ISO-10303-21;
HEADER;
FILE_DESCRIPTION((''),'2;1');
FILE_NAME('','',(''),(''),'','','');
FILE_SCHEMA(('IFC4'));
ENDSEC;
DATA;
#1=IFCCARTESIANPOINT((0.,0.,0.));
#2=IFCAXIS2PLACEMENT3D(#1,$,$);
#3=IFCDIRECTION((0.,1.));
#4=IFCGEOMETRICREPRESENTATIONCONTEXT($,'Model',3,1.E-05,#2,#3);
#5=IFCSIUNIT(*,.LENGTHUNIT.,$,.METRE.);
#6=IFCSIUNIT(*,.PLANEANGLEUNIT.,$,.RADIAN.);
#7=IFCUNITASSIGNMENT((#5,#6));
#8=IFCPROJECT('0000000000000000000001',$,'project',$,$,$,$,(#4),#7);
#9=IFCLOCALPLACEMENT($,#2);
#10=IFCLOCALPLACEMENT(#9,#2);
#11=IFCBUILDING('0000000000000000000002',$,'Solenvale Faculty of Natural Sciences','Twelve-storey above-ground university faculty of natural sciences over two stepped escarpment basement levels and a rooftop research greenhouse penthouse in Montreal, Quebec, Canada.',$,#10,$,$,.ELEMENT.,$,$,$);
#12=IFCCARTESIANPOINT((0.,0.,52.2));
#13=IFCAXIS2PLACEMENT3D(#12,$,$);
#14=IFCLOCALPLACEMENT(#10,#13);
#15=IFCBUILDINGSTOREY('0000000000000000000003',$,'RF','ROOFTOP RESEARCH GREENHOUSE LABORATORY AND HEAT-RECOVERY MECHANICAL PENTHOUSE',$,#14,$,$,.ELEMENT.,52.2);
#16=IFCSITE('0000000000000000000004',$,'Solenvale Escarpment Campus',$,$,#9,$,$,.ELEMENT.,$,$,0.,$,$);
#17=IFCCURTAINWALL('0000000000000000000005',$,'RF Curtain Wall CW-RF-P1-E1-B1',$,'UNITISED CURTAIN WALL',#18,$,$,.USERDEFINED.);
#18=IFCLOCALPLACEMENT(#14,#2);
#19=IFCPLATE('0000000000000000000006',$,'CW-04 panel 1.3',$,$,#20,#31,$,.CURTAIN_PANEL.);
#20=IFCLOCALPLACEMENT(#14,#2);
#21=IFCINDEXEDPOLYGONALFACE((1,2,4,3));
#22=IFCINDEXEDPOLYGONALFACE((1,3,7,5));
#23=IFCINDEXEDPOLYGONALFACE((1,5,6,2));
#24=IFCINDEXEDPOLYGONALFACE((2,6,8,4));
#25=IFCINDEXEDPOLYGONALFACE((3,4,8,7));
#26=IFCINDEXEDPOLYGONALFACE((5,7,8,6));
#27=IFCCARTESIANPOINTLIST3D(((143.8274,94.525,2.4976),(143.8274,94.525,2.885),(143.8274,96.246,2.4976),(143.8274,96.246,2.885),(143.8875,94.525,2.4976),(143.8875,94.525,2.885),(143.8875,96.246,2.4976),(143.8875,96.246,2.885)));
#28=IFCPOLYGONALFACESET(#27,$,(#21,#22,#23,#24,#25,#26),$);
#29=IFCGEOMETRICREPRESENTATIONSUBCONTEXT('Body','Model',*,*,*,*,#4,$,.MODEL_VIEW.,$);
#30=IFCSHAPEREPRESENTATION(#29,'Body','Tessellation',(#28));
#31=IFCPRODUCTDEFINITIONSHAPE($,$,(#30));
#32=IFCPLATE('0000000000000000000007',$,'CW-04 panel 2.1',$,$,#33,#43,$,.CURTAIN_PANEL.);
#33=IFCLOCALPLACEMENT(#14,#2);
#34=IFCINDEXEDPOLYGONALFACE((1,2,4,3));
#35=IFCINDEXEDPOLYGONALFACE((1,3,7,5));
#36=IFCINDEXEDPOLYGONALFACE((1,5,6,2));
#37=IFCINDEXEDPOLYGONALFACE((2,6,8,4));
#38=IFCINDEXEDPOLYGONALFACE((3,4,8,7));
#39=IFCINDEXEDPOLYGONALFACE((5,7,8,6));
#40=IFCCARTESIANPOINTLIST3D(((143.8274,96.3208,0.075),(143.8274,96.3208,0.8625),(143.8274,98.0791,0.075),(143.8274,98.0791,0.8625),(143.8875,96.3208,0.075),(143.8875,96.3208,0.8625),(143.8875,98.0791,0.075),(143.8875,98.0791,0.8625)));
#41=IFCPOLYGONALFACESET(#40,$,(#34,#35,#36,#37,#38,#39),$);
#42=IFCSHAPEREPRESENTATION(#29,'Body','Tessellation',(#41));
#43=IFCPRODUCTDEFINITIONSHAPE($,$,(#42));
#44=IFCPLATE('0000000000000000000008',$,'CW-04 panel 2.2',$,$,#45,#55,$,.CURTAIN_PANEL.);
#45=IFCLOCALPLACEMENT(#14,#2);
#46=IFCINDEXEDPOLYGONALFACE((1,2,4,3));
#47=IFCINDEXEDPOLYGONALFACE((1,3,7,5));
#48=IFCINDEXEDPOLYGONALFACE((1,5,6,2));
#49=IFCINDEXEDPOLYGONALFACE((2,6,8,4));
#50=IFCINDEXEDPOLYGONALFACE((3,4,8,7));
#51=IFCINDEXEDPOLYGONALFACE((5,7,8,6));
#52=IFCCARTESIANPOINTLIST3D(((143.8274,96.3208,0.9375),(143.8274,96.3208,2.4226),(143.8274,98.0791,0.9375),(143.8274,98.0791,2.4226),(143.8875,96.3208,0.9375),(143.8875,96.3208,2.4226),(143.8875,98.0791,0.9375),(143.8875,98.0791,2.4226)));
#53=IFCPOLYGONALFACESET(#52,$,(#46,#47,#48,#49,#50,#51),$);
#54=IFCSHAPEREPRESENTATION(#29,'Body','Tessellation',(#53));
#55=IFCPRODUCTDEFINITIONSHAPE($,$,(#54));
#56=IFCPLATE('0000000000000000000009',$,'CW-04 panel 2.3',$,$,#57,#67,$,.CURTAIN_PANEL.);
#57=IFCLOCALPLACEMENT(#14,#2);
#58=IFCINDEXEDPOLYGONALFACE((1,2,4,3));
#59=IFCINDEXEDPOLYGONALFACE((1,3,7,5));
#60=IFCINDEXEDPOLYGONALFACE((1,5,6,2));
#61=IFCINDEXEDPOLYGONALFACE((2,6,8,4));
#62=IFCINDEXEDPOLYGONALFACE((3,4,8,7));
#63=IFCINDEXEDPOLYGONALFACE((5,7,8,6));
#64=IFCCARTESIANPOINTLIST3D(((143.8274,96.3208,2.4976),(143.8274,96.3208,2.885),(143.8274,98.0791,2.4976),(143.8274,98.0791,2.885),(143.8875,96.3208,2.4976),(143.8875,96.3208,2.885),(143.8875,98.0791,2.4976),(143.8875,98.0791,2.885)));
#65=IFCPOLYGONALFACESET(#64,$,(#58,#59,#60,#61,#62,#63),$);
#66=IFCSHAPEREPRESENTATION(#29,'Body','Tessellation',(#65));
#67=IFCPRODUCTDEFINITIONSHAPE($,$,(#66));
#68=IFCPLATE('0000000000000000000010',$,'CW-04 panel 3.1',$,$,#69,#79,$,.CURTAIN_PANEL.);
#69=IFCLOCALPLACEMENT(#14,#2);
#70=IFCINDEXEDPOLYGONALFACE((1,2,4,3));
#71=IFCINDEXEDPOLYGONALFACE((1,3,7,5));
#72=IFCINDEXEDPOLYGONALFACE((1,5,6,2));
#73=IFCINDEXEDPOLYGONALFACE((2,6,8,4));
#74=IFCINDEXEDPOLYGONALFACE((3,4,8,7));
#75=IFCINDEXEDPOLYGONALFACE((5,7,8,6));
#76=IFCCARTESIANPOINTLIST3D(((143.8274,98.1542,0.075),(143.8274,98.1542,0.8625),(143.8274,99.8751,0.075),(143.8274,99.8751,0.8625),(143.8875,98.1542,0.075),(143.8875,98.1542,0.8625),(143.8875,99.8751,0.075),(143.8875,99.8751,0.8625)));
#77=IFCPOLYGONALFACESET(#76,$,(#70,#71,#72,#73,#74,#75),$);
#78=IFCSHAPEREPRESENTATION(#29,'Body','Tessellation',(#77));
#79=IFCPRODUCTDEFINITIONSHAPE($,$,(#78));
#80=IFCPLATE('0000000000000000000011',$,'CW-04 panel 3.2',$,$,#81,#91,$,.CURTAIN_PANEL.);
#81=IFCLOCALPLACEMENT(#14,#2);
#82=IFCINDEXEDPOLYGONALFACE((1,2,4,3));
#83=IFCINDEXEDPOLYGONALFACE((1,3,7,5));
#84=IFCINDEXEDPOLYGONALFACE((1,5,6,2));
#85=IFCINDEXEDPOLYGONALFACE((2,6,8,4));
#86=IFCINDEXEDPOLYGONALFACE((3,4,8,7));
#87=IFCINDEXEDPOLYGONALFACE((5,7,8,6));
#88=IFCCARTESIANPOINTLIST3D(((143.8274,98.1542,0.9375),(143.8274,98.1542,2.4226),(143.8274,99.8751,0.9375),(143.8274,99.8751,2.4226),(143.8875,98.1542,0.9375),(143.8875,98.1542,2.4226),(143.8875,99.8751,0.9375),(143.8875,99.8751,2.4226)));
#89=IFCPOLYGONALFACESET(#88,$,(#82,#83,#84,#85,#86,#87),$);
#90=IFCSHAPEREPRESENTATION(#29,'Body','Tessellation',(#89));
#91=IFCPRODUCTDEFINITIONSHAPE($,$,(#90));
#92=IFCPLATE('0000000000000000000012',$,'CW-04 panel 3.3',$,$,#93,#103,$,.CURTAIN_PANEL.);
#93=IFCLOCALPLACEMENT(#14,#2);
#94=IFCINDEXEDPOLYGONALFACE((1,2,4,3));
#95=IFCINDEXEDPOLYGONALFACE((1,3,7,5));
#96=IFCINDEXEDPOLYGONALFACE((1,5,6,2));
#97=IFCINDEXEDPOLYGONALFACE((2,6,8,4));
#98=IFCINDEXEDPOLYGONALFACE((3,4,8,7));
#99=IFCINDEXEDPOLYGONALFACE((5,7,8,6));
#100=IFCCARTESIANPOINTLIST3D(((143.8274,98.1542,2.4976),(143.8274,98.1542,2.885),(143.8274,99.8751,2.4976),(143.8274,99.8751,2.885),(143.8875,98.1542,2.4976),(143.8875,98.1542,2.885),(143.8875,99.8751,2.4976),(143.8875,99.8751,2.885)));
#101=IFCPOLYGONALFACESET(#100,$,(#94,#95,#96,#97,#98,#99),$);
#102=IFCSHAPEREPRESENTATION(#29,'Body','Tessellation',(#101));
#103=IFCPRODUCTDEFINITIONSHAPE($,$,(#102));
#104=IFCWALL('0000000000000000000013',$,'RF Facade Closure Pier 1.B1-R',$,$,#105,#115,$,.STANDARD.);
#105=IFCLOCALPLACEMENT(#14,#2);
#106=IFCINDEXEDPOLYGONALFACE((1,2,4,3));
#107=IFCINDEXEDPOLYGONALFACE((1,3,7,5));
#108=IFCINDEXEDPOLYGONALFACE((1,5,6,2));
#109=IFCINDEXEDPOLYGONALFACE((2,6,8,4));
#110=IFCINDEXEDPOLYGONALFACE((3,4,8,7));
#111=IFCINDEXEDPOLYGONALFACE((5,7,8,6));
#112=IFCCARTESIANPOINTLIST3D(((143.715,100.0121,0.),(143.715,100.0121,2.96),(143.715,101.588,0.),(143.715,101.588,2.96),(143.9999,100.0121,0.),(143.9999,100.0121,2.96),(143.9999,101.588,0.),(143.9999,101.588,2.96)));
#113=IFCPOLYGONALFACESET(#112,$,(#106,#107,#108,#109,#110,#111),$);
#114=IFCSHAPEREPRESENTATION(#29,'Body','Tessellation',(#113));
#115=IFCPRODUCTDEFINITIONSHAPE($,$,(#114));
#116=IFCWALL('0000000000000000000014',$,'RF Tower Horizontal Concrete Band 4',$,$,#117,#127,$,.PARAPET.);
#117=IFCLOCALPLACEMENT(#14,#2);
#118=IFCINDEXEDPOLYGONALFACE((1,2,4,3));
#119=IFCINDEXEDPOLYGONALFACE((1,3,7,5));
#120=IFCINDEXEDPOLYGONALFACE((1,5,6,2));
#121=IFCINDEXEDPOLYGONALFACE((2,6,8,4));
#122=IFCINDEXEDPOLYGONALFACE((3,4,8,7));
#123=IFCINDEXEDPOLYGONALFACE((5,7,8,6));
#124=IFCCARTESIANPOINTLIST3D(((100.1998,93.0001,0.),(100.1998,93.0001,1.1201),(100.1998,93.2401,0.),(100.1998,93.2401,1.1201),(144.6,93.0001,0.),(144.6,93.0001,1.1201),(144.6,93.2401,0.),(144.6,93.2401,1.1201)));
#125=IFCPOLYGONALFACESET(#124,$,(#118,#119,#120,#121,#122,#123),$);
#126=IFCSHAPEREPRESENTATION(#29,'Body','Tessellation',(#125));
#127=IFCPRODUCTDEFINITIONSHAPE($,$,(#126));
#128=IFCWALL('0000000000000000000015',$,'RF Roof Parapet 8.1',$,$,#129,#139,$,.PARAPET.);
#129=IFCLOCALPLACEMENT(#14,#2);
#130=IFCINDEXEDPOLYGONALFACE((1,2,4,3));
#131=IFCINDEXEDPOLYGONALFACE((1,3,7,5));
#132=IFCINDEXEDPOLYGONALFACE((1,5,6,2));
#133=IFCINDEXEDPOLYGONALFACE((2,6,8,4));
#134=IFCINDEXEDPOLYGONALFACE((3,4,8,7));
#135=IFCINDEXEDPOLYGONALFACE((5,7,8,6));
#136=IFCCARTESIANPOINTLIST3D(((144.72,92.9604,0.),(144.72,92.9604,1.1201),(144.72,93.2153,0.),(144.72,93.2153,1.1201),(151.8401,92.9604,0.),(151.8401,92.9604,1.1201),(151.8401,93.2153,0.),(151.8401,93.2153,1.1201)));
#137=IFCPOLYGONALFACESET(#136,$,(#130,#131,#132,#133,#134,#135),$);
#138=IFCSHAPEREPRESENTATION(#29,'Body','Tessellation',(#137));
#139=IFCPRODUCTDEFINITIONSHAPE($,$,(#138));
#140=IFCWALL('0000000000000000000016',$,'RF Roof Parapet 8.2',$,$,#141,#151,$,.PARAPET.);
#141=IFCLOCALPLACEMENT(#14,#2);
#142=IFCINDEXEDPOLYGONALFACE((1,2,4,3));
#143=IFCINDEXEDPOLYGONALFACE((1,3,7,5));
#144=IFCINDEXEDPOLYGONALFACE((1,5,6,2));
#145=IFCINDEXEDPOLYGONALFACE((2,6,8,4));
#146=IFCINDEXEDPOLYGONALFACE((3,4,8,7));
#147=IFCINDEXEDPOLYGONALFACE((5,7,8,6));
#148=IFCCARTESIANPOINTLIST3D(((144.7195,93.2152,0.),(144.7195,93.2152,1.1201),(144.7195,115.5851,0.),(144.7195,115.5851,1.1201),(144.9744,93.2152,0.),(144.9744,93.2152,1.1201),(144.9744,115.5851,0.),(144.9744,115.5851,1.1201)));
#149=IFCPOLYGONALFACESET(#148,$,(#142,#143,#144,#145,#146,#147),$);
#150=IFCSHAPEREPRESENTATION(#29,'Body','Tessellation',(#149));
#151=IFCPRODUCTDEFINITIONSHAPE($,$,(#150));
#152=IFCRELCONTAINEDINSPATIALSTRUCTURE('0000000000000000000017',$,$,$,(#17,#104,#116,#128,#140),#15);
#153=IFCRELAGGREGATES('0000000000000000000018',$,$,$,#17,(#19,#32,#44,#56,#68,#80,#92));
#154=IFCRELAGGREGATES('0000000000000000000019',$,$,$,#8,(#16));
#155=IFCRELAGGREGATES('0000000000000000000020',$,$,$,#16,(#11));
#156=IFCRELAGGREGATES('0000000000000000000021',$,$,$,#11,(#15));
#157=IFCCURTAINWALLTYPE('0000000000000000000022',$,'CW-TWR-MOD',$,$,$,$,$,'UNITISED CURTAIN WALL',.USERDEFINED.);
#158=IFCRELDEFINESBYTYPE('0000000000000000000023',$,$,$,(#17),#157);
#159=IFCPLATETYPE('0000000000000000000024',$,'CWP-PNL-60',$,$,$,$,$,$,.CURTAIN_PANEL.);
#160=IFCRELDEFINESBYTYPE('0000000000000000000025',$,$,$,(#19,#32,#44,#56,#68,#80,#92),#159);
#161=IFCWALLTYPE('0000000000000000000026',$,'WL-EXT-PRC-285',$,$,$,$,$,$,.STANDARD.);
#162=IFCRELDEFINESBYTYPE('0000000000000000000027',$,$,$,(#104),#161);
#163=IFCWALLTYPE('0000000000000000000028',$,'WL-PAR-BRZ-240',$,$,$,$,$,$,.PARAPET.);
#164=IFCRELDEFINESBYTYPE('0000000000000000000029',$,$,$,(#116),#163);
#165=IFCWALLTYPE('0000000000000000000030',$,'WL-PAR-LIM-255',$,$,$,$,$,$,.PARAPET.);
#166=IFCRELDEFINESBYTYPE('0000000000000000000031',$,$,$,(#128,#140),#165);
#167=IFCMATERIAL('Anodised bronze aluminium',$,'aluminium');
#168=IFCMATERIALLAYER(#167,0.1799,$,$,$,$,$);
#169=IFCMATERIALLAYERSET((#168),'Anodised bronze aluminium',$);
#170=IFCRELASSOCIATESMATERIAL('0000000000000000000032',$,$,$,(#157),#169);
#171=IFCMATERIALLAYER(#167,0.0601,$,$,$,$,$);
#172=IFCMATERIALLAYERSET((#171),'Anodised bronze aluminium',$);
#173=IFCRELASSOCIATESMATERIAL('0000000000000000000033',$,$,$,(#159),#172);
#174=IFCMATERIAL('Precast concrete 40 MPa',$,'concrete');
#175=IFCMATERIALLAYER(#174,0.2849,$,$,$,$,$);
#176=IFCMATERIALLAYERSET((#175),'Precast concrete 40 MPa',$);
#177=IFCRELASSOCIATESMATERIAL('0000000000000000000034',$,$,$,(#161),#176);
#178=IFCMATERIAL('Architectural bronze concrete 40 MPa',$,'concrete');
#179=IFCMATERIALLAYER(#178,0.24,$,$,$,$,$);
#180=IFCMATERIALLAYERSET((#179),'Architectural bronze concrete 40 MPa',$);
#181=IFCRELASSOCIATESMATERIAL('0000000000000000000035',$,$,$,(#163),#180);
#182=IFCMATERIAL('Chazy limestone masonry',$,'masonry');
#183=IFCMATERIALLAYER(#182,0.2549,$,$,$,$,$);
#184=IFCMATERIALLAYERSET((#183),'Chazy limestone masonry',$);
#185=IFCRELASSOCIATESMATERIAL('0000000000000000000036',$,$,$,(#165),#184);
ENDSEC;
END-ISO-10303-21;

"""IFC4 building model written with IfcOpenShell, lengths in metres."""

from ifc_helpers import new_model, si_unit, direction, frame, frame_2d, origin, origin_2d, place, context, subcontext, project, spatial, rectangle, extrude, material, layer, layer_set, type_object, element, aggregate, save


model = new_model("IFC4")

# Units and contexts
model_context = context("Model", 3, precision=1e-05, world=origin(), true_north=direction((0.0, 1.0)))
body_context = subcontext(model_context, "Body", "Model", "MODEL_VIEW")
ifc_project = project(units=[si_unit("LENGTHUNIT", "METRE"), si_unit("PLANEANGLEUNIT", "RADIAN")], contexts=[model_context])

# Site, building, storey
site_placement = place(None, origin())
site = spatial("IfcSite", under=ifc_project, at=site_placement, Name="Solenvale Escarpment Campus", CompositionType="ELEMENT", RefElevation=0.0)
building_placement = place(site_placement, origin())
building = spatial("IfcBuilding", under=site, at=building_placement, Name="Solenvale Faculty of Natural Sciences", Description="Twelve-storey above-ground university faculty of natural sciences over two stepped escarpment basement levels and a rooftop research greenhouse penthouse in Montreal, Quebec, Canada.", CompositionType="ELEMENT")
storey_placement = place(building_placement, frame((0.0, 0.0, 52.2)))
storey = spatial("IfcBuildingStorey", under=building, at=storey_placement, Name="RF", Description="ROOFTOP RESEARCH GREENHOUSE LABORATORY AND HEAT-RECOVERY MECHANICAL PENTHOUSE", CompositionType="ELEMENT", Elevation=52.2)

# Curtain wall
ifc_material_1 = material(Name="Anodised bronze aluminium", Category="aluminium")
ifc_layer_1 = layer(ifc_material_1, 0.1799)
ifc_layer_set_1 = layer_set([ifc_layer_1], Name="Anodised bronze aluminium")
curtain_wall_type = type_object("IfcCurtainWallType", Name="CW-TWR-MOD", ElementType="UNITISED CURTAIN WALL", PredefinedType="USERDEFINED", material=ifc_layer_set_1)
curtain_wall_1_placement = place(storey_placement, origin())
curtain_wall_1 = element("IfcCurtainWall", 1, at=curtain_wall_1_placement, inside=storey, type_object=curtain_wall_type, Name="RF Curtain Wall CW-RF-P1-E1-B1", ObjectType="UNITISED CURTAIN WALL", PredefinedType="USERDEFINED")

# Plates
ifc_layer_2 = layer(ifc_material_1, 0.0601)
ifc_layer_set_2 = layer_set([ifc_layer_2], Name="Anodised bronze aluminium")
plate_type_1 = type_object("IfcPlateType", Name="CWP-PNL-60", PredefinedType="CURTAIN_PANEL", material=ifc_layer_set_2)
plate_1_placement = place(storey_placement, frame((143.8574, 95.3855, 2.4976), z_axis=(0.0, 0.0, 1.0), x_axis=(0.0, 1.0, 0.0)))
plate_1 = element("IfcPlate", 2, at=plate_1_placement, type_object=plate_type_1, Name="CW-04 panel 1.3", PredefinedType="CURTAIN_PANEL", context=body_context, shape_type="SweptSolid", body=[
    extrude(rectangle(XDim=1.7209, YDim=0.0601, at=origin_2d()), origin(), (0.0, 0.0, 1.0), 0.3875),
])
plate_2_placement = place(storey_placement, frame((143.8574, 97.2, 0.075), z_axis=(0.0, 0.0, 1.0), x_axis=(0.0, 1.0, 0.0)))
plate_2 = element("IfcPlate", 3, at=plate_2_placement, type_object=plate_type_1, Name="CW-04 panel 2.1", PredefinedType="CURTAIN_PANEL", context=body_context, shape_type="SweptSolid", body=[
    extrude(rectangle(XDim=1.7583, YDim=0.0601, at=origin_2d()), origin(), (0.0, 0.0, 1.0), 0.7876),
])
plate_3_placement = place(storey_placement, frame((143.8574, 97.2, 0.9375), z_axis=(0.0, 0.0, 1.0), x_axis=(0.0, 1.0, 0.0)))
plate_3 = element("IfcPlate", 4, at=plate_3_placement, type_object=plate_type_1, Name="CW-04 panel 2.2", PredefinedType="CURTAIN_PANEL", context=body_context, shape_type="SweptSolid", body=[
    extrude(rectangle(XDim=1.7583, YDim=0.0601, at=origin_2d()), origin(), (0.0, 0.0, 1.0), 1.4851),
])
plate_4_placement = place(storey_placement, frame((143.8574, 97.2, 2.4976), z_axis=(0.0, 0.0, 1.0), x_axis=(0.0, 1.0, 0.0)))
plate_4 = element("IfcPlate", 5, at=plate_4_placement, type_object=plate_type_1, Name="CW-04 panel 2.3", PredefinedType="CURTAIN_PANEL", context=body_context, shape_type="SweptSolid", body=[
    extrude(rectangle(XDim=1.7583, YDim=0.0601, at=origin_2d()), origin(), (0.0, 0.0, 1.0), 0.3875),
])
plate_5_placement = place(storey_placement, frame((143.8574, 99.0146, 0.075), z_axis=(0.0, 0.0, 1.0), x_axis=(0.0, 1.0, 0.0)))
plate_5 = element("IfcPlate", 6, at=plate_5_placement, type_object=plate_type_1, Name="CW-04 panel 3.1", PredefinedType="CURTAIN_PANEL", context=body_context, shape_type="SweptSolid", body=[
    extrude(rectangle(XDim=1.7209, YDim=0.0601, at=origin_2d()), origin(), (0.0, 0.0, 1.0), 0.7876),
])
plate_6_placement = place(storey_placement, frame((143.8574, 99.0146, 0.9375), z_axis=(0.0, 0.0, 1.0), x_axis=(0.0, 1.0, 0.0)))
plate_6 = element("IfcPlate", 7, at=plate_6_placement, type_object=plate_type_1, Name="CW-04 panel 3.2", PredefinedType="CURTAIN_PANEL", context=body_context, shape_type="SweptSolid", body=[
    extrude(rectangle(XDim=1.7209, YDim=0.0601, at=origin_2d()), origin(), (0.0, 0.0, 1.0), 1.4851),
])
plate_7_placement = place(storey_placement, frame((143.8574, 99.0146, 2.4976), z_axis=(0.0, 0.0, 1.0), x_axis=(0.0, 1.0, 0.0)))
plate_7 = element("IfcPlate", 8, at=plate_7_placement, type_object=plate_type_1, Name="CW-04 panel 3.3", PredefinedType="CURTAIN_PANEL", context=body_context, shape_type="SweptSolid", body=[
    extrude(rectangle(XDim=1.7209, YDim=0.0601, at=origin_2d()), origin(), (0.0, 0.0, 1.0), 0.3875),
])
aggregate(curtain_wall_1, [plate_1, plate_2, plate_3, plate_4, plate_5, plate_6, plate_7])

# Walls
ifc_material_2 = material(Name="Precast concrete 40 MPa", Category="concrete")
ifc_layer_3 = layer(ifc_material_2, 0.2849)
ifc_layer_set_3 = layer_set([ifc_layer_3], Name="Precast concrete 40 MPa")
wall_type_1 = type_object("IfcWallType", Name="WL-EXT-PRC-285", PredefinedType="STANDARD", material=ifc_layer_set_3)
wall_1_placement = place(storey_placement, frame((143.8574, 100.012, 0.0), z_axis=(0.0, 0.0, 1.0), x_axis=(0.0, 1.0, 0.0)))
element("IfcWall", 9, at=wall_1_placement, inside=storey, type_object=wall_type_1, Name="RF Facade Closure Pier 1.B1-R", PredefinedType="STANDARD", context=body_context, shape_type="SweptSolid", body=[
    extrude(rectangle(XDim=1.5759, YDim=0.2849, at=frame_2d((0.7881, 0.0))), origin(), (0.0, 0.0, 1.0), 2.96),
])
ifc_material_3 = material(Name="Architectural bronze concrete 40 MPa", Category="concrete")
ifc_layer_4 = layer(ifc_material_3, 0.24)
ifc_layer_set_4 = layer_set([ifc_layer_4], Name="Architectural bronze concrete 40 MPa")
wall_type_2 = type_object("IfcWallType", Name="WL-PAR-BRZ-240", PredefinedType="PARAPET", material=ifc_layer_set_4)
wall_2_placement = place(storey_placement, frame((144.6001, 93.1201, 0.0), z_axis=(0.0, 0.0, 1.0), x_axis=(-1.0, 0.0, 0.0)))
element("IfcWall", 10, at=wall_2_placement, inside=storey, type_object=wall_type_2, Name="RF Tower Horizontal Concrete Band 4", PredefinedType="PARAPET", context=body_context, shape_type="SweptSolid", body=[
    extrude(rectangle(XDim=44.4001, YDim=0.24, at=frame_2d((22.2002, 0.0))), origin(), (0.0, 0.0, 1.0), 1.1201),
])
ifc_material_4 = material(Name="Chazy limestone masonry", Category="masonry")
ifc_layer_5 = layer(ifc_material_4, 0.2549)
ifc_layer_set_5 = layer_set([ifc_layer_5], Name="Chazy limestone masonry")
wall_type_3 = type_object("IfcWallType", Name="WL-PAR-LIM-255", PredefinedType="PARAPET", material=ifc_layer_set_5)
wall_3_placement = place(storey_placement, frame((151.8401, 93.0879, 0.0), z_axis=(0.0, 0.0, 1.0), x_axis=(-1.0, 0.0, 0.0)))
element("IfcWall", 11, at=wall_3_placement, inside=storey, type_object=wall_type_3, Name="RF Roof Parapet 8.1", PredefinedType="PARAPET", context=body_context, shape_type="SweptSolid", body=[
    extrude(rectangle(XDim=7.1201, YDim=0.2549, at=frame_2d((3.5601, 0.0))), origin(), (0.0, 0.0, 1.0), 1.1201),
])
wall_4_placement = place(storey_placement, frame((144.8469, 93.2151, 0.0), z_axis=(0.0, 0.0, 1.0), x_axis=(0.0, 1.0, 0.0)))
element("IfcWall", 12, at=wall_4_placement, inside=storey, type_object=wall_type_3, Name="RF Roof Parapet 8.2", PredefinedType="PARAPET", context=body_context, shape_type="SweptSolid", body=[
    extrude(rectangle(XDim=22.3699, YDim=0.2549, at=frame_2d((11.1851, 0.0))), origin(), (0.0, 0.0, 1.0), 1.1201),
])

save(model, "model.ifc")
